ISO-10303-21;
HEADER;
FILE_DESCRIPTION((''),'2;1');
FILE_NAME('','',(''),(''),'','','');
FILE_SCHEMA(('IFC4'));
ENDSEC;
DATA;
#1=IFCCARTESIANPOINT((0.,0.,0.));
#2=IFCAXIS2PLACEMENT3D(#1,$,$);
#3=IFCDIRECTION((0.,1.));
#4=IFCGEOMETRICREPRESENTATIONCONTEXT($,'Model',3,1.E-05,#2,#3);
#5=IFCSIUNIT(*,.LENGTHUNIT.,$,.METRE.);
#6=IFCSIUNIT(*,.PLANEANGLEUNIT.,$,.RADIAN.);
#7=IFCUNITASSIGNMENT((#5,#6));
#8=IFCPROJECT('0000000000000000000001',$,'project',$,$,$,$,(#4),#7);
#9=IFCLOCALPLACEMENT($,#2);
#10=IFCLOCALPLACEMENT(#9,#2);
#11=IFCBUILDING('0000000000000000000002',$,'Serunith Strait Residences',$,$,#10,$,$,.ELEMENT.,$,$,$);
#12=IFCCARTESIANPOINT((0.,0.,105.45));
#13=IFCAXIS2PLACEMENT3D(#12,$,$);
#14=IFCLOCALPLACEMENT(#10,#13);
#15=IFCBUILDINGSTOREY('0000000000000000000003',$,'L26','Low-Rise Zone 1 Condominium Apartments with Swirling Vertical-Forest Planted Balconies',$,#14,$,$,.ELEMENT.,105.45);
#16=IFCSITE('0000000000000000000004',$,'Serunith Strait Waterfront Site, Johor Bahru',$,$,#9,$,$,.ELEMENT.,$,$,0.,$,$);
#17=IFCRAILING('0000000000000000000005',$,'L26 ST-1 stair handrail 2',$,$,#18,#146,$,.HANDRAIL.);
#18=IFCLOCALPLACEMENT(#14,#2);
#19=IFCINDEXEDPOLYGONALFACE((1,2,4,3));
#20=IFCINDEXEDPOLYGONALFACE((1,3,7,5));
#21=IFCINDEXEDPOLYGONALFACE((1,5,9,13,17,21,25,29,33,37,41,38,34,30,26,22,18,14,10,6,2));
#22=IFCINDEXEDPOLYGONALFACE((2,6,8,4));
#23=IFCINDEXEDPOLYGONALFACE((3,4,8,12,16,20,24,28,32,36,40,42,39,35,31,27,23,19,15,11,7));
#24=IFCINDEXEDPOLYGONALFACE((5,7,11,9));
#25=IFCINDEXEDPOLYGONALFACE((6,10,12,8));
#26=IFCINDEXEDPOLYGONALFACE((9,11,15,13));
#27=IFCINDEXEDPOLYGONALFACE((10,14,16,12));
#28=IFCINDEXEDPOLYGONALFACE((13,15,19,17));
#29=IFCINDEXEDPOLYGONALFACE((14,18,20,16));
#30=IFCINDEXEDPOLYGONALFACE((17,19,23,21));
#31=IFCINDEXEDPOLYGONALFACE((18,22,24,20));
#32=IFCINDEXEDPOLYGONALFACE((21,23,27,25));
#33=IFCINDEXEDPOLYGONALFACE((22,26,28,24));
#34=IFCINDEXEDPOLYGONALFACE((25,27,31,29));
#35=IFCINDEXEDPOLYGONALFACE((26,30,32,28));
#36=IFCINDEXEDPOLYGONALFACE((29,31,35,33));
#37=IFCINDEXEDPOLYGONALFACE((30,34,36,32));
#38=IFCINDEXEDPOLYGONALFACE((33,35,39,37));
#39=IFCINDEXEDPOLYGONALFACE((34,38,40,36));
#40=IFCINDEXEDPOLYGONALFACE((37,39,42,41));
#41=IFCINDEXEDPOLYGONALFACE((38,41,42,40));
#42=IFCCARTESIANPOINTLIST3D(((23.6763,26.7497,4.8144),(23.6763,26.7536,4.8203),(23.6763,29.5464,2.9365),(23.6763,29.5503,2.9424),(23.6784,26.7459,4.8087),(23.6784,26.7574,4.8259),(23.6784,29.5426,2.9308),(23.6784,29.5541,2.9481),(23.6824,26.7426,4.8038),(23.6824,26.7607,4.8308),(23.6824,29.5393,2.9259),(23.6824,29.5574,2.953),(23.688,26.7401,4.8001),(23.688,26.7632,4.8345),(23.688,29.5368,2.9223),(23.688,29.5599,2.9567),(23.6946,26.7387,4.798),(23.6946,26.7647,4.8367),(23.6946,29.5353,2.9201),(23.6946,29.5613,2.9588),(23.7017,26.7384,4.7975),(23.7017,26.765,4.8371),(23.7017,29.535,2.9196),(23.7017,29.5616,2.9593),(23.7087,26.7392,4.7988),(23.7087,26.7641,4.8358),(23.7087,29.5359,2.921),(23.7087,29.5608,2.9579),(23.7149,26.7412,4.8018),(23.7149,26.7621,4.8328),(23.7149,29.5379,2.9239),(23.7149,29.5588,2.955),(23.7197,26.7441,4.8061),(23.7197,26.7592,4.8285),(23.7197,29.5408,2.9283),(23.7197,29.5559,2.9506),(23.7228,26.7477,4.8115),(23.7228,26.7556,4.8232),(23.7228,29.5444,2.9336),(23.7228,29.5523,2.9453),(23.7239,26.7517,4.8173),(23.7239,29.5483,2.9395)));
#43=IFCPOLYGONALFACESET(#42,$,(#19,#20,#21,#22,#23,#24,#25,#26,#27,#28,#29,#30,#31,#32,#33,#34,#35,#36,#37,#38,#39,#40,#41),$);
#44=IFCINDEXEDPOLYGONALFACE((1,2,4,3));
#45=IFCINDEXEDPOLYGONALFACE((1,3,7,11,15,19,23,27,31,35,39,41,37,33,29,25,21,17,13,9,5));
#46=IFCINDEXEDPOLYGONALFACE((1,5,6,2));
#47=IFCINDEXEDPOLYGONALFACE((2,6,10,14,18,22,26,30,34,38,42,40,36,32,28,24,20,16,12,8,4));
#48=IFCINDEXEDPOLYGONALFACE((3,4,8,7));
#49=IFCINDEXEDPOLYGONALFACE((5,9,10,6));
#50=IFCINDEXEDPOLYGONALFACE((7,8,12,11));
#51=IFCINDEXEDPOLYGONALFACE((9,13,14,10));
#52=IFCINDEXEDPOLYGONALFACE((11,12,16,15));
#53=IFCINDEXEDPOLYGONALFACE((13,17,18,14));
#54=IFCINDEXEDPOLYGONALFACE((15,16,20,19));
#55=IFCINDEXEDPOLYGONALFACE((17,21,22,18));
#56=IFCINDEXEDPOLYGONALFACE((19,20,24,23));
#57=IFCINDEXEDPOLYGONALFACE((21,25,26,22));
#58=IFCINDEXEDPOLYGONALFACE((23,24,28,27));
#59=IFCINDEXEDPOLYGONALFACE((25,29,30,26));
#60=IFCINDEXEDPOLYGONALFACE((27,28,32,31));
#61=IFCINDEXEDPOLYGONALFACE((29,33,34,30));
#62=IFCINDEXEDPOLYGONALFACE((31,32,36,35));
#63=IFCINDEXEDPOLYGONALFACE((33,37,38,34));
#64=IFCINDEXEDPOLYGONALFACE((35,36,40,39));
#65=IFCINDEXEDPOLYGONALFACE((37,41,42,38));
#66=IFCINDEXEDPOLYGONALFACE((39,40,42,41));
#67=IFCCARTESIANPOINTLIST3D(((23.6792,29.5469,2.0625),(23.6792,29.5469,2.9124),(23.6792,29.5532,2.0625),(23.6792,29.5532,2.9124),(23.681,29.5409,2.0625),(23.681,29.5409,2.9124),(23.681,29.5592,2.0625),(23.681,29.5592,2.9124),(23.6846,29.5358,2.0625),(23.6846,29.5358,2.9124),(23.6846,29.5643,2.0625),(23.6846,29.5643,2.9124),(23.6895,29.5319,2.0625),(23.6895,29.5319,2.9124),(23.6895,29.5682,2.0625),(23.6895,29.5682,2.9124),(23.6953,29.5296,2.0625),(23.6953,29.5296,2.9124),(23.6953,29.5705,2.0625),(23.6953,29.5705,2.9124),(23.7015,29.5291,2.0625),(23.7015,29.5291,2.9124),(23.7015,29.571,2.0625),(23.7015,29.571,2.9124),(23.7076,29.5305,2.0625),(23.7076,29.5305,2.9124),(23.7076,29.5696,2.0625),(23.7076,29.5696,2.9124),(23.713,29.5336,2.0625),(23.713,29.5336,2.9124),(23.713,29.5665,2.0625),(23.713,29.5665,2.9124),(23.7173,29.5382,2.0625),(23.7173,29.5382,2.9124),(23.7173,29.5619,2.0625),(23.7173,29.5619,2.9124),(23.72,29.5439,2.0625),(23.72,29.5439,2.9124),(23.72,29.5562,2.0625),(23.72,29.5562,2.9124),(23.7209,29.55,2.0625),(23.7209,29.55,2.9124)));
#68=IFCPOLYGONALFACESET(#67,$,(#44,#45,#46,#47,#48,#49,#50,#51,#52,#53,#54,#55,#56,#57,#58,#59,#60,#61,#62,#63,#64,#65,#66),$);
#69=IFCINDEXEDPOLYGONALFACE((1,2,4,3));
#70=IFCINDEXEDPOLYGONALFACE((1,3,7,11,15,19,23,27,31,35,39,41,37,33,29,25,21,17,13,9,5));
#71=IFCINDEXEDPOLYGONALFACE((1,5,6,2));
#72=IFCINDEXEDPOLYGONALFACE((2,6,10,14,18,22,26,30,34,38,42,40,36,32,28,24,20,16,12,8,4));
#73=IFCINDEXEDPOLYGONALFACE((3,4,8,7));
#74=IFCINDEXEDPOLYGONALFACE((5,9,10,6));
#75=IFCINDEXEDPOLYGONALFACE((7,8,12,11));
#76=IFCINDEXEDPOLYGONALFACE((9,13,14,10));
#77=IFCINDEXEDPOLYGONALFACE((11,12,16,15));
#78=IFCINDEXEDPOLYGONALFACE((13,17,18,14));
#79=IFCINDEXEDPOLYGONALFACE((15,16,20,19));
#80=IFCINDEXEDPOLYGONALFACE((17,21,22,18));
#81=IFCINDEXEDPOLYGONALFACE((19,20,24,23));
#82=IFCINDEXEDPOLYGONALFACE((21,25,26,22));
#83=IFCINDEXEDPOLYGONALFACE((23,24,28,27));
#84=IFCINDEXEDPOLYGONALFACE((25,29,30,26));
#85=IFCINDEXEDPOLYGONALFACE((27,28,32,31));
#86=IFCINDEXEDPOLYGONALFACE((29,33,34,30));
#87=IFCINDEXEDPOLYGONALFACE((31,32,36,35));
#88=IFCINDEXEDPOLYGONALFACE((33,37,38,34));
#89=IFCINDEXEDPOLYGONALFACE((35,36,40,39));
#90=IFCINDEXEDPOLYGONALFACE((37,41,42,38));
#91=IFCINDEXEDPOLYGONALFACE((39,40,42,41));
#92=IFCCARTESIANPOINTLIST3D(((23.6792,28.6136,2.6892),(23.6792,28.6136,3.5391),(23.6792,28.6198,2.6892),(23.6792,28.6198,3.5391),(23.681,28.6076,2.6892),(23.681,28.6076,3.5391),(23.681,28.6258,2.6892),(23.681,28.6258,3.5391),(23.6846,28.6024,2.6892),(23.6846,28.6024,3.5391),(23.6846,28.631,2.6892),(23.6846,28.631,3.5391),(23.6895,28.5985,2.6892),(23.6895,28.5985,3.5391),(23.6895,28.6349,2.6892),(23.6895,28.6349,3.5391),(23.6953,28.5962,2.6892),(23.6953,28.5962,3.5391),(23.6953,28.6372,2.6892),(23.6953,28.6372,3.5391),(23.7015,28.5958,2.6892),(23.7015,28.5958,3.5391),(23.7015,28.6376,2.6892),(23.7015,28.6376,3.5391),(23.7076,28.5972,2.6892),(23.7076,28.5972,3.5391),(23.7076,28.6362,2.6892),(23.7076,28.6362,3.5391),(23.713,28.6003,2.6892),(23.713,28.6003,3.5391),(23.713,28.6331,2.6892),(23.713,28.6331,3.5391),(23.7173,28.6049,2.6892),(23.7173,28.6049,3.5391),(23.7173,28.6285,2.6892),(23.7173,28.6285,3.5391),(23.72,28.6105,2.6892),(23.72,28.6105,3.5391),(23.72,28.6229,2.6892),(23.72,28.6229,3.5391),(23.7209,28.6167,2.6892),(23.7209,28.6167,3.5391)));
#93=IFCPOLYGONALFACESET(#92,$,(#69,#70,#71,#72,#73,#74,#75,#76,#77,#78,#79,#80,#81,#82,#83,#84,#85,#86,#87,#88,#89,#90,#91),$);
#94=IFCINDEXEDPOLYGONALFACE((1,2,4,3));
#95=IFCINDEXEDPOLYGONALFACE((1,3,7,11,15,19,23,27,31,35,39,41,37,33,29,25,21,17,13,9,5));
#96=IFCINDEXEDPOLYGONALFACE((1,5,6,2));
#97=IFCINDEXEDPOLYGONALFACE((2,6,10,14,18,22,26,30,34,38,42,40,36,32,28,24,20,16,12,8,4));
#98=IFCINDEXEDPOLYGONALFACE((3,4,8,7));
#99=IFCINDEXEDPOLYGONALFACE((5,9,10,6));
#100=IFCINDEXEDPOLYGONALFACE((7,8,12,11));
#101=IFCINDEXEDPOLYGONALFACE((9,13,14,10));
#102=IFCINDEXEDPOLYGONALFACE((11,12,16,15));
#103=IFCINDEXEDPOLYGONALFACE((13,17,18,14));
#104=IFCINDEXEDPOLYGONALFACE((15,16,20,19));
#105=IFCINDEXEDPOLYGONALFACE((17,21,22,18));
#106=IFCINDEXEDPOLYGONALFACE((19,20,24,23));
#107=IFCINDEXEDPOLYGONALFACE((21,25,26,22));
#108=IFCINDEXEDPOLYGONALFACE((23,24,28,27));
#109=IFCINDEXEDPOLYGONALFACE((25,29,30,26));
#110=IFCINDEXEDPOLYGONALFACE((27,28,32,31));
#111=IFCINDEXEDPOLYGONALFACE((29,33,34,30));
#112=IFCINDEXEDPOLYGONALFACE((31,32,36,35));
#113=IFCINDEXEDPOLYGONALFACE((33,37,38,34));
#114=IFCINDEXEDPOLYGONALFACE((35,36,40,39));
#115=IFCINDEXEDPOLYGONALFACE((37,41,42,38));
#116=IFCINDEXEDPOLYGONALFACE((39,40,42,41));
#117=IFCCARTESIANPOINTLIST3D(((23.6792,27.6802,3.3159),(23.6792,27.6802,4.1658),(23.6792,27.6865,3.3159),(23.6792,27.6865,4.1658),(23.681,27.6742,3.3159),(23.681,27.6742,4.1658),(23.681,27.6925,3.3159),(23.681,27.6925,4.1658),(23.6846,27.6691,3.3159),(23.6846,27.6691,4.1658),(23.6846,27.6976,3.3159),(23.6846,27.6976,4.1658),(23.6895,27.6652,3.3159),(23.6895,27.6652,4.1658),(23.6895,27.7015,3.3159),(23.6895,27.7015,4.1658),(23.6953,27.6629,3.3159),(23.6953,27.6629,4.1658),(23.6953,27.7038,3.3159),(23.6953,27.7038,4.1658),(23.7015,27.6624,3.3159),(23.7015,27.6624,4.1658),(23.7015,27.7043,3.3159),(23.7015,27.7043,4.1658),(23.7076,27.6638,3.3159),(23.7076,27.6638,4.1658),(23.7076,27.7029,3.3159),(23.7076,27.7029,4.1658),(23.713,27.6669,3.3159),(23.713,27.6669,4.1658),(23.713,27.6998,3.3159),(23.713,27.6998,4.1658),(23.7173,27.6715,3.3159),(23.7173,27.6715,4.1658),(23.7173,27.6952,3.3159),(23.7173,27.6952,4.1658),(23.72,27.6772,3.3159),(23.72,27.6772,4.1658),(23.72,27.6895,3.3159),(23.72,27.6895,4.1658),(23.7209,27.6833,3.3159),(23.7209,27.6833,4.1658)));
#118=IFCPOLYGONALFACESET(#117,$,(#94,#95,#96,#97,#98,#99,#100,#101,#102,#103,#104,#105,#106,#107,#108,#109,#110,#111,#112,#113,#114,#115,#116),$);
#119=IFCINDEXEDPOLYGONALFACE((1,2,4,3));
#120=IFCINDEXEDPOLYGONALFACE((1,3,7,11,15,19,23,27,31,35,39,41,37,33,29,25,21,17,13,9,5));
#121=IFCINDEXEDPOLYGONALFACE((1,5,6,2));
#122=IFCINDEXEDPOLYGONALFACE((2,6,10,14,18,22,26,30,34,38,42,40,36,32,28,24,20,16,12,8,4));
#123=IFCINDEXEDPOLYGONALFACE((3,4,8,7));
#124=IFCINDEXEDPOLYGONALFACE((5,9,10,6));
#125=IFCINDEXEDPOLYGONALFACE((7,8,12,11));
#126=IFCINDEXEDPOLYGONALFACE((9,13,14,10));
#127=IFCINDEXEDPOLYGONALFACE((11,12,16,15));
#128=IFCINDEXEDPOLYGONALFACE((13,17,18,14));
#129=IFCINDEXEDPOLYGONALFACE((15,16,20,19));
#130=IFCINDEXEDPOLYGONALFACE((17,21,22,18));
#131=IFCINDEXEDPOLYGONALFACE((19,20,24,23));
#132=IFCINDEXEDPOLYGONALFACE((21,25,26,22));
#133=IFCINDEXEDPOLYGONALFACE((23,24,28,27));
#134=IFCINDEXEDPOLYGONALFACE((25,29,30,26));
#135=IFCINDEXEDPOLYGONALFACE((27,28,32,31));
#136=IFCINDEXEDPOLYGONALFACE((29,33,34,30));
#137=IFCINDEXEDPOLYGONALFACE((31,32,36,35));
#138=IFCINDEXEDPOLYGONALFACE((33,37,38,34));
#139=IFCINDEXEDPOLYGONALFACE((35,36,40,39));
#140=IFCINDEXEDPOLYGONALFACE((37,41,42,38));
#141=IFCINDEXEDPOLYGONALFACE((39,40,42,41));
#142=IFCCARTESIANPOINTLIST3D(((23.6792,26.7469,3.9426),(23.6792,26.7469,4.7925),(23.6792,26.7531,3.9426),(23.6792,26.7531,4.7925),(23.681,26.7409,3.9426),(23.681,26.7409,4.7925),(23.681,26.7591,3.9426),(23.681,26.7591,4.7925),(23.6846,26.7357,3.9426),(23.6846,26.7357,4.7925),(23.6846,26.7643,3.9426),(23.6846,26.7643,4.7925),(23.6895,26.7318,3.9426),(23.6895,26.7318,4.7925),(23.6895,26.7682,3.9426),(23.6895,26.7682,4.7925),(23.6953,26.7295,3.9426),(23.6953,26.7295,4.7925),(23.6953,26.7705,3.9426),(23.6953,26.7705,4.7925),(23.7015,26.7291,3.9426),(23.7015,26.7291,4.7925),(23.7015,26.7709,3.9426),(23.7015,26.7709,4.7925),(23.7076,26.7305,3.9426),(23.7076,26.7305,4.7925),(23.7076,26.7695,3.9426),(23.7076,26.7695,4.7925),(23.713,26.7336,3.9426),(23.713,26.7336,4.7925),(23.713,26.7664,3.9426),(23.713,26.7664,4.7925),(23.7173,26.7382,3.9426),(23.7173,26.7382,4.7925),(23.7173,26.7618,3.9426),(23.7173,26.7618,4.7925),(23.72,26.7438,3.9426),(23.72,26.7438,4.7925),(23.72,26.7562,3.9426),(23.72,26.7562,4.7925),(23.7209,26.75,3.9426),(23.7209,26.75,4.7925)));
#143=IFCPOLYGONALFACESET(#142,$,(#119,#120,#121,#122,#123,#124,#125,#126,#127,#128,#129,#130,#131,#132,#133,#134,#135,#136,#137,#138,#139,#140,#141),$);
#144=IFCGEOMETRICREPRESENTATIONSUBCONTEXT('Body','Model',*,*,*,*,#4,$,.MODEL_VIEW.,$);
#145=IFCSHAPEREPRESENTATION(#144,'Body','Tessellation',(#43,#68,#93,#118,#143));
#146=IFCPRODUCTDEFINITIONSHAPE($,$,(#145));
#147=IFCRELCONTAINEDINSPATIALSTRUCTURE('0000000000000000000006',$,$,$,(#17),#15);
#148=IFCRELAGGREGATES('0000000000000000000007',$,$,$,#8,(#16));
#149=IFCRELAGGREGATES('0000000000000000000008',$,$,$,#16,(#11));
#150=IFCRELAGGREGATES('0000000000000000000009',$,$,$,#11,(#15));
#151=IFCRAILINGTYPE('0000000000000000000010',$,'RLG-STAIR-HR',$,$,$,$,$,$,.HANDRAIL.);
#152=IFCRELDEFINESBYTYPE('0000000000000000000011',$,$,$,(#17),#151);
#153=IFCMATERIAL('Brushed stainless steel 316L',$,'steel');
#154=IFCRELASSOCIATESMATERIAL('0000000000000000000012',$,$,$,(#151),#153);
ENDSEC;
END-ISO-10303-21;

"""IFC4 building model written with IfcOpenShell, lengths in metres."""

from ifc_helpers import new_model, si_unit, direction, frame, origin, origin_2d, place, context, subcontext, project, spatial, circle, extrude, material, type_object, element, save


model = new_model("IFC4")

# Units and contexts
model_context = context("Model", 3, precision=1e-05, world=origin(), true_north=direction((0.0, 1.0)))
body_context = subcontext(model_context, "Body", "Model", "MODEL_VIEW")
ifc_project = project(units=[si_unit("LENGTHUNIT", "METRE"), si_unit("PLANEANGLEUNIT", "RADIAN")], contexts=[model_context])

# Site, building, storey
site_placement = place(None, origin())
site = spatial("IfcSite", under=ifc_project, at=site_placement, Name="Serunith Strait Waterfront Site, Johor Bahru", CompositionType="ELEMENT", RefElevation=0.0)
building_placement = place(site_placement, origin())
building = spatial("IfcBuilding", under=site, at=building_placement, Name="Serunith Strait Residences", CompositionType="ELEMENT")
storey_placement = place(building_placement, frame((0.0, 0.0, 105.45)))
storey = spatial("IfcBuildingStorey", under=building, at=storey_placement, Name="L26", Description="Low-Rise Zone 1 Condominium Apartments with Swirling Vertical-Forest Planted Balconies", CompositionType="ELEMENT", Elevation=105.45)

# Railing
ifc_material_1 = material(Name="Brushed stainless steel 316L", Category="steel")
railing_type_1 = type_object("IfcRailingType", Name="RLG-STAIR-HR", PredefinedType="HANDRAIL", material=ifc_material_1)
railing_1_placement = place(storey_placement, frame((23.7, 29.55, 2.0625)))
element("IfcRailing", 1, at=railing_1_placement, inside=storey, type_object=railing_type_1, Name="L26 ST-1 stair handrail 2", PredefinedType="HANDRAIL", context=body_context, shape_type="SweptSolid", body=[
    extrude(circle(Radius=0.0239, at=origin_2d()), frame((0.0, -0.0017, 0.877), z_axis=(0.0, -0.830208, 0.557453), x_axis=(1.0, 0.0, 0.0)), (0.0, 0.0, 1.0), 3.3687),
    extrude(circle(Radius=0.021, at=origin_2d()), origin(), (0.0, 0.0, 1.0), 0.8499),
    extrude(circle(Radius=0.021, at=origin_2d()), frame((0.0, -0.9333, 0.6267)), (0.0, 0.0, 1.0), 0.8499),
    extrude(circle(Radius=0.021, at=origin_2d()), frame((0.0, -1.8667, 1.2534)), (0.0, 0.0, 1.0), 0.8499),
    extrude(circle(Radius=0.021, at=origin_2d()), frame((0.0, -2.8, 1.8801)), (0.0, 0.0, 1.0), 0.8499),
])

save(model, "model.ifc")
